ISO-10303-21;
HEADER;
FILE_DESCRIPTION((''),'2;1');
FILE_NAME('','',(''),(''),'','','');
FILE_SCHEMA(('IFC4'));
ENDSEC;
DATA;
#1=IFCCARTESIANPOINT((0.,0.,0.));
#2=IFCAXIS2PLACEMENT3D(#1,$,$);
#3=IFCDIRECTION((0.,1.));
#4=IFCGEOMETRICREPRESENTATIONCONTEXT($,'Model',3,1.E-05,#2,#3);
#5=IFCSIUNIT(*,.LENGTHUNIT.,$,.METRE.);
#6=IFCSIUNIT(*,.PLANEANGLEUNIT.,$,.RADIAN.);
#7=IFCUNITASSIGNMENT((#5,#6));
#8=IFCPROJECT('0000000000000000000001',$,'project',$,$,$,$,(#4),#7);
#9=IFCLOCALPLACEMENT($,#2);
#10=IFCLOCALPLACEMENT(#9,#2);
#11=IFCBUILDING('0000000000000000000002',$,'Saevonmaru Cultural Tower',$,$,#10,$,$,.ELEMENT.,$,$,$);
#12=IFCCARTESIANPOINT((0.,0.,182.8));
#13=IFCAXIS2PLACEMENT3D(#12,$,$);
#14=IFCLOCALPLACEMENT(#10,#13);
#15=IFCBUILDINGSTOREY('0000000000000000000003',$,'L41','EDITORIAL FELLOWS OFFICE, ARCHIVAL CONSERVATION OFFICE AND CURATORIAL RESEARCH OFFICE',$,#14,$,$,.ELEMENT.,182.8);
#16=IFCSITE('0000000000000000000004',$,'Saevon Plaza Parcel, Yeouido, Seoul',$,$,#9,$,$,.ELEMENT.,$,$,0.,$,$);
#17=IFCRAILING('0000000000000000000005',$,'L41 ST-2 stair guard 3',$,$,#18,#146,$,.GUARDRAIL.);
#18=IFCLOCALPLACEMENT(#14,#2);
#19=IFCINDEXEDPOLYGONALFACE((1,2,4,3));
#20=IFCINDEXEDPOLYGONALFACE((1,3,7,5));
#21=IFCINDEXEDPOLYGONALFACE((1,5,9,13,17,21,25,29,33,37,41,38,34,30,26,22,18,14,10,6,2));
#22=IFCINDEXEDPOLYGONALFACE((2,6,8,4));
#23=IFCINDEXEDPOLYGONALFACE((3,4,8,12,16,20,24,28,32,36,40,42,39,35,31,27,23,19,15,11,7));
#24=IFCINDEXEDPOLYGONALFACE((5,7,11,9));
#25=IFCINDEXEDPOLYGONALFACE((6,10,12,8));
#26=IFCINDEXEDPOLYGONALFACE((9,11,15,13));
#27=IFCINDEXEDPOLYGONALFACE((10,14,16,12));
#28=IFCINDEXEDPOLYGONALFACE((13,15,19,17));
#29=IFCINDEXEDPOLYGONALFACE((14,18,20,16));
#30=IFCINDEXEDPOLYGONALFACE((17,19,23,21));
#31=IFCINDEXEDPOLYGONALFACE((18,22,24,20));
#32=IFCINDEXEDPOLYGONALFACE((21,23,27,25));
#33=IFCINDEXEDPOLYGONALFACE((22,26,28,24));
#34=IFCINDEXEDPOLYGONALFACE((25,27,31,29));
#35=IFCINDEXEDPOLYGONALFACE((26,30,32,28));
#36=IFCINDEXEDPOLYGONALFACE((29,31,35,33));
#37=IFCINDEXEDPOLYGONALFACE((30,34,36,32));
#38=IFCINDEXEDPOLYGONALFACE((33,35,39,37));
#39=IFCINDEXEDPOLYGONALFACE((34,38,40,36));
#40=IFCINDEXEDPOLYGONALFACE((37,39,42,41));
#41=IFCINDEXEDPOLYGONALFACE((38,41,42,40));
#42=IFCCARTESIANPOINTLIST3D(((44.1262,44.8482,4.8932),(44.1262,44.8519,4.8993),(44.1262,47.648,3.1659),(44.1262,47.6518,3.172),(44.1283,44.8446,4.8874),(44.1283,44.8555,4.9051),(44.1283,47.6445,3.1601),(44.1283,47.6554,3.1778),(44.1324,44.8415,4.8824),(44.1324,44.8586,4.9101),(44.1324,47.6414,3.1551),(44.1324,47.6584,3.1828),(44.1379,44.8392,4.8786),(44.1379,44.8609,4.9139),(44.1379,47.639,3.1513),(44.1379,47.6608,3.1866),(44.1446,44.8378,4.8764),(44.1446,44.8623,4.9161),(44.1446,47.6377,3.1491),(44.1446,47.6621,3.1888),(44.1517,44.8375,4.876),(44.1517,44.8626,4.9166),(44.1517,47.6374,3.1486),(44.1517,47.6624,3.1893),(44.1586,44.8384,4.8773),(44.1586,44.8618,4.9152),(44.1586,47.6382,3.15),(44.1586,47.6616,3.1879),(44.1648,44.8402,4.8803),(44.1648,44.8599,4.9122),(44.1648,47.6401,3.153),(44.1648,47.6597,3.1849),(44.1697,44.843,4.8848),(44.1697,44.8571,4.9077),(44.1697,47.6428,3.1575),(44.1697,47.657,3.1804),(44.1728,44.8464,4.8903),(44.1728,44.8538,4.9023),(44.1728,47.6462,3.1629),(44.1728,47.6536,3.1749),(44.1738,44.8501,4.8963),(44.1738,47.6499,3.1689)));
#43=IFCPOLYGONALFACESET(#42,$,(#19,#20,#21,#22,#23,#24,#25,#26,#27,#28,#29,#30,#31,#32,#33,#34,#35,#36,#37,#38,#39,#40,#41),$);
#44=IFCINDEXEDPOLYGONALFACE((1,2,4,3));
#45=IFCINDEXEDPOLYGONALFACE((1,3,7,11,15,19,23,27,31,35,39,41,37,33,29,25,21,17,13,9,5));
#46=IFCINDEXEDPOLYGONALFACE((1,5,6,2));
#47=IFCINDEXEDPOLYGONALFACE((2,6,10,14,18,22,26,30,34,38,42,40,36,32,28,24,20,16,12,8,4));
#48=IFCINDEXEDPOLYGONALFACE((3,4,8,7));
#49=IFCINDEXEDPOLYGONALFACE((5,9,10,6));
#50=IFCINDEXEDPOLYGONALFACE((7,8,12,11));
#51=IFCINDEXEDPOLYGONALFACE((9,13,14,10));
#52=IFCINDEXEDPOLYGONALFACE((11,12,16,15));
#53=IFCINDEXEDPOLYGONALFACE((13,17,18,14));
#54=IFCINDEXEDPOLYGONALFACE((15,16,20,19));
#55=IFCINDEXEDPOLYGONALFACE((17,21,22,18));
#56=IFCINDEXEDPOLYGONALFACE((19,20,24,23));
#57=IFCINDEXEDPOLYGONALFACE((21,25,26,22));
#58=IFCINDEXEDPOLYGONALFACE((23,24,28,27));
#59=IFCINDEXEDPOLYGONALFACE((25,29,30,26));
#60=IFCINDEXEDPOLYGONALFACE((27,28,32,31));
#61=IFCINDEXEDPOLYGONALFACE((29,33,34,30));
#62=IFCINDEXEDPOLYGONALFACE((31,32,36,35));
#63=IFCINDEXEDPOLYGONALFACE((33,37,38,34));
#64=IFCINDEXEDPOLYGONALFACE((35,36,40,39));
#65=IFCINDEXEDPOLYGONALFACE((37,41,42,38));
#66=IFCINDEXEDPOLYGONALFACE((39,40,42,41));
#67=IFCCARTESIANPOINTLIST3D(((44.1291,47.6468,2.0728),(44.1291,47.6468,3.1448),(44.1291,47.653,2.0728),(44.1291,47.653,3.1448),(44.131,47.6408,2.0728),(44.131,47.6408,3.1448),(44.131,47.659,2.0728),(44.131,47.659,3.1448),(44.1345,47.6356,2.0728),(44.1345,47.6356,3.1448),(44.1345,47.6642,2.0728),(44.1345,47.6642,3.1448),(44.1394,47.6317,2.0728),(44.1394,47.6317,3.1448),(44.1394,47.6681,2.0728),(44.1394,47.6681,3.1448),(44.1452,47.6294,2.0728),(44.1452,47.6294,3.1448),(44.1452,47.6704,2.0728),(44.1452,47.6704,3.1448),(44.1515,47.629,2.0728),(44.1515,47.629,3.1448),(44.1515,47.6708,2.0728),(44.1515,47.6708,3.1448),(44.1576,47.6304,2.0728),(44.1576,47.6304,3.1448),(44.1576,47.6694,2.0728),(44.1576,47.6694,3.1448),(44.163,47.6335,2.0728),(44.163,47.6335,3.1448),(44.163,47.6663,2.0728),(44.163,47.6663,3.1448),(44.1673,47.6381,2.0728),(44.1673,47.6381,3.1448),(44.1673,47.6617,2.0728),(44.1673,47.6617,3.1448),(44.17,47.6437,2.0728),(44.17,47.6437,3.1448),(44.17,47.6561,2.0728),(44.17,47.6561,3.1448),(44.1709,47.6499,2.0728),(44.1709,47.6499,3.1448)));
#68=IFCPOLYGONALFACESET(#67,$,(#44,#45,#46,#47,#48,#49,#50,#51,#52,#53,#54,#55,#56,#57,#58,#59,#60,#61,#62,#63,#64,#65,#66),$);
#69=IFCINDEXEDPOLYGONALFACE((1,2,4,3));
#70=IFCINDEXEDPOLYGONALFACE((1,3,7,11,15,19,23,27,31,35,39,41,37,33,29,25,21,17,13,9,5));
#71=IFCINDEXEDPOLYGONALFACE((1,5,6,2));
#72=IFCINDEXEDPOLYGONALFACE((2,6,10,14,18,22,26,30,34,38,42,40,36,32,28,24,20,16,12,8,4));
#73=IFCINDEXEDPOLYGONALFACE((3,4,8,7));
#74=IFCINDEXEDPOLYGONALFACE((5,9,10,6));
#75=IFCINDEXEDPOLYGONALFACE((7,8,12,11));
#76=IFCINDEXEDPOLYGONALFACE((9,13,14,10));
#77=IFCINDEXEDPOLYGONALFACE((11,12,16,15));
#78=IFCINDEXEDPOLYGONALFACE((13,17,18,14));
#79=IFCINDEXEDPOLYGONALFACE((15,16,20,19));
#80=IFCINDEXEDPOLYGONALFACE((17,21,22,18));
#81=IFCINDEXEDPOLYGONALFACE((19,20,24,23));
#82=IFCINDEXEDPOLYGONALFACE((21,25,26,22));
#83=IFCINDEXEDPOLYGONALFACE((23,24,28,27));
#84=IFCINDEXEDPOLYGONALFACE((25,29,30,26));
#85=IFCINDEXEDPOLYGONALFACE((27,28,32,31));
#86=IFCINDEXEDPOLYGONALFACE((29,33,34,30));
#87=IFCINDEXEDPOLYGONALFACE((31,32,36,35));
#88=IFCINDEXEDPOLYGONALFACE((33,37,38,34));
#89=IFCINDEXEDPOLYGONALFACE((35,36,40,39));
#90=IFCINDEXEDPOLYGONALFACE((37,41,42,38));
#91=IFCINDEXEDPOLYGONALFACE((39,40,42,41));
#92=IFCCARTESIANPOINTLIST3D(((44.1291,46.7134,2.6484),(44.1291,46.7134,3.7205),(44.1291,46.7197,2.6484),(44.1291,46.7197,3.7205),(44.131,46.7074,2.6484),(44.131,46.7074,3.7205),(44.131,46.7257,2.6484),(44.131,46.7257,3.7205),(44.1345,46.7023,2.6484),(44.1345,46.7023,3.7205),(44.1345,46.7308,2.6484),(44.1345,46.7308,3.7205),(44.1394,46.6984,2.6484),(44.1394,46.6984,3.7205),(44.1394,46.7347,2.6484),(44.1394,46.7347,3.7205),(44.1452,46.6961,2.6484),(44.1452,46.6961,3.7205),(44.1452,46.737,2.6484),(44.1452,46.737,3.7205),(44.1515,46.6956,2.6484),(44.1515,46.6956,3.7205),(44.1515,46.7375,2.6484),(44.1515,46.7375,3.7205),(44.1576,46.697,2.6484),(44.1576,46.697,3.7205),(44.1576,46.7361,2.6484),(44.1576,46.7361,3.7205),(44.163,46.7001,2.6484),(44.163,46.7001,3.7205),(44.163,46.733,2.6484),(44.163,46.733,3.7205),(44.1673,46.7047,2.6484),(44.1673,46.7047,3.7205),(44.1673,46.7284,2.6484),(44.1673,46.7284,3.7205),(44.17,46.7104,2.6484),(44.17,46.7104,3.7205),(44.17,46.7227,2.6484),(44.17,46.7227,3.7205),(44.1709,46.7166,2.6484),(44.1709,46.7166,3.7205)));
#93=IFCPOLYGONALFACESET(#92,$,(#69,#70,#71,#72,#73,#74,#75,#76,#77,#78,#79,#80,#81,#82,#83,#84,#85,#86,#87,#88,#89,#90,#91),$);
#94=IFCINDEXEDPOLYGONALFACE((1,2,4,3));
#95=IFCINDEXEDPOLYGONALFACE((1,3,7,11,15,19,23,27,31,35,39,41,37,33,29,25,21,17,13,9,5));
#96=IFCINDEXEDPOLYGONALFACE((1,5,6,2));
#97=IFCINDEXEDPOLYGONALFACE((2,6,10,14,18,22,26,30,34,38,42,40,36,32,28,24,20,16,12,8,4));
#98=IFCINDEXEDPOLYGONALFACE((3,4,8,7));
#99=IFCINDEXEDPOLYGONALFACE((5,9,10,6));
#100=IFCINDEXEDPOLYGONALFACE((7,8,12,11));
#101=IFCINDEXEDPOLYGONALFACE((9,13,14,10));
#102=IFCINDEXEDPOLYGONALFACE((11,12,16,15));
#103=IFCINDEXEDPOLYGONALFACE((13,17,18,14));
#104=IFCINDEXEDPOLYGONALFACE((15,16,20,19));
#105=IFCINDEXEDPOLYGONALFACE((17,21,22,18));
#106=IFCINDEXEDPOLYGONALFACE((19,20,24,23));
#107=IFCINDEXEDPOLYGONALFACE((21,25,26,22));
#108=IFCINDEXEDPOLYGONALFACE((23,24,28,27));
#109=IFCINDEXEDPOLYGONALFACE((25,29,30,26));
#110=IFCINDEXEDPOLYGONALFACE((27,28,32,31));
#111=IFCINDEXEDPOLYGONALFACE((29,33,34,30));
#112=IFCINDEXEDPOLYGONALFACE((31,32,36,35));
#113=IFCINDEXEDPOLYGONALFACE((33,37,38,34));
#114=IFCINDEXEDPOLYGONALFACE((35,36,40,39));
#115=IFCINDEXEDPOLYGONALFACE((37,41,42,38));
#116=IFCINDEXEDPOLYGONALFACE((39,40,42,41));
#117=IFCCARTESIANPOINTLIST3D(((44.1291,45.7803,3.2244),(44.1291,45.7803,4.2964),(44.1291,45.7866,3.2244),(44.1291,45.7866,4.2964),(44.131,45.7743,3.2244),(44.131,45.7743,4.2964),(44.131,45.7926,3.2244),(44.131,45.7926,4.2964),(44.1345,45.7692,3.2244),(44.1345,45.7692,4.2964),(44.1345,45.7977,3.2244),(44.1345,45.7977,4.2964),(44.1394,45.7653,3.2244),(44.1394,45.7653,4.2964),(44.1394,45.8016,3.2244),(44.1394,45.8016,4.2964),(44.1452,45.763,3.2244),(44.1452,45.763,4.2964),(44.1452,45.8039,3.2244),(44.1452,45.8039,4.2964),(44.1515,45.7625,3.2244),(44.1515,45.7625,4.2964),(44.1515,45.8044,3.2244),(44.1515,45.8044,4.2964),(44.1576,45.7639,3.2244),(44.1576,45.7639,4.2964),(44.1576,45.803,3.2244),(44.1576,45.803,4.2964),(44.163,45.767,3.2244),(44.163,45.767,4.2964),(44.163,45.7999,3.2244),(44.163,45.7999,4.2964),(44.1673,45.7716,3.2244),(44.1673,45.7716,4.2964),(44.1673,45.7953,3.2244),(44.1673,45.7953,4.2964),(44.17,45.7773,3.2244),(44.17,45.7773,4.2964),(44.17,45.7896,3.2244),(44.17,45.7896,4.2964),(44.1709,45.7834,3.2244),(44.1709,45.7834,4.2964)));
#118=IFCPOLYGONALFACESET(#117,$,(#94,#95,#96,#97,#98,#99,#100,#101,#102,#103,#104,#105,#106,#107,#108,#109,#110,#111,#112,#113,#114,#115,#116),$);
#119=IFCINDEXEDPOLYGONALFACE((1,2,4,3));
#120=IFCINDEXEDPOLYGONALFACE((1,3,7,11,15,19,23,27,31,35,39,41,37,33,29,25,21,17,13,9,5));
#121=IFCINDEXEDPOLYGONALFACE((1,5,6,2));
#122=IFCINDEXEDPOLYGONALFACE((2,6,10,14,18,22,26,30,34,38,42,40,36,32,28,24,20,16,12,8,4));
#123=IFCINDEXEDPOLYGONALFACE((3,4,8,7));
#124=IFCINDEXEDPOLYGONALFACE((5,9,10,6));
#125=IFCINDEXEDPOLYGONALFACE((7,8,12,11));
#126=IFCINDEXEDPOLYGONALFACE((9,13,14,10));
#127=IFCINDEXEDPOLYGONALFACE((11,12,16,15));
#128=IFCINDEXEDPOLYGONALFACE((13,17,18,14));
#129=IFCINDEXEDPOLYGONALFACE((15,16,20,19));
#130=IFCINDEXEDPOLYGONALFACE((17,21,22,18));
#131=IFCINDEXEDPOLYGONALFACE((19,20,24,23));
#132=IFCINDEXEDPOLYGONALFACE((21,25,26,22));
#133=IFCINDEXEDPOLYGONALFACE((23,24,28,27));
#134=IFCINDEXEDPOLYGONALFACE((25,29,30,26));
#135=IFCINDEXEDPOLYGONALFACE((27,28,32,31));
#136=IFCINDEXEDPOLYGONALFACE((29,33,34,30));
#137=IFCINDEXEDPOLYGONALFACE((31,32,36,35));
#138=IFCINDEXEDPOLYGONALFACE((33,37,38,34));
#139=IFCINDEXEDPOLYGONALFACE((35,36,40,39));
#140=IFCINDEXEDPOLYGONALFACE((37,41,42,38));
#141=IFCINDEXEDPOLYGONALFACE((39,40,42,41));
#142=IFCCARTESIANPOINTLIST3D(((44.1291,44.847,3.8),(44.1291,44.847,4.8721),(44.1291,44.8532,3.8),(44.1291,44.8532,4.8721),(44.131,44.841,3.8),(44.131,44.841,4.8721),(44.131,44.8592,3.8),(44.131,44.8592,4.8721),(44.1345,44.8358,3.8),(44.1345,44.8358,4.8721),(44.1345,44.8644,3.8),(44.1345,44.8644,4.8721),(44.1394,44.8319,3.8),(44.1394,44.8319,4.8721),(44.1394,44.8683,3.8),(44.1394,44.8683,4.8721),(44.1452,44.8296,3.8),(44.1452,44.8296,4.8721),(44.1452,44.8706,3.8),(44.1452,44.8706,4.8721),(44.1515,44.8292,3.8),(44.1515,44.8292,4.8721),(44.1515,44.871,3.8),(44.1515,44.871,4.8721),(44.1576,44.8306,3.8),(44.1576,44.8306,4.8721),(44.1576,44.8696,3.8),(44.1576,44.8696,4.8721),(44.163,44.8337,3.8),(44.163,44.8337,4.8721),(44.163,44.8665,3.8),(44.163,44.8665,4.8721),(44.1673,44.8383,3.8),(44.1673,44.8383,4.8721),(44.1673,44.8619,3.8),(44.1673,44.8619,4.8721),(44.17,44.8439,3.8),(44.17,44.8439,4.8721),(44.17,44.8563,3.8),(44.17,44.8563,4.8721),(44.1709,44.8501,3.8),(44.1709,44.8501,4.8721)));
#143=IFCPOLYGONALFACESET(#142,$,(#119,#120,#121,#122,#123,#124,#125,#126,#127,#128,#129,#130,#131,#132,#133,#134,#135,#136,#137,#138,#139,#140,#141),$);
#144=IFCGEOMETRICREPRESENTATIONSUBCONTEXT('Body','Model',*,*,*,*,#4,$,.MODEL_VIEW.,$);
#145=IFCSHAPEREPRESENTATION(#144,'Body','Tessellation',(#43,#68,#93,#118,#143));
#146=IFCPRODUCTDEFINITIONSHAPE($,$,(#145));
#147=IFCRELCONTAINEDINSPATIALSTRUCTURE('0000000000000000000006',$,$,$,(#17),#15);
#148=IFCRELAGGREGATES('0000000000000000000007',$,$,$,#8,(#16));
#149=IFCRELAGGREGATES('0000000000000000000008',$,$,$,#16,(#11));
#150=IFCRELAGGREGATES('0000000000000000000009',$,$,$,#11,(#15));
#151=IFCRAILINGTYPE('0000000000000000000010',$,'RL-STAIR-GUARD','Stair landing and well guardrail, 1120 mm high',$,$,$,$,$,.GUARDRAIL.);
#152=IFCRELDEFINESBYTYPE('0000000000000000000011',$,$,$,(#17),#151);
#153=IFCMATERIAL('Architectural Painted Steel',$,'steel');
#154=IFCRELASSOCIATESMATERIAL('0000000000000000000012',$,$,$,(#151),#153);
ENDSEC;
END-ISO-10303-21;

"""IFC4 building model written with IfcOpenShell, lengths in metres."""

from ifc_helpers import new_model, si_unit, direction, frame, origin, origin_2d, place, context, subcontext, project, spatial, circle, extrude, material, type_object, element, save


model = new_model("IFC4")

# Units and contexts
model_context = context("Model", 3, precision=1e-05, world=origin(), true_north=direction((0.0, 1.0)))
body_context = subcontext(model_context, "Body", "Model", "MODEL_VIEW")
ifc_project = project(units=[si_unit("LENGTHUNIT", "METRE"), si_unit("PLANEANGLEUNIT", "RADIAN")], contexts=[model_context])

# Site, building, storey
site_placement = place(None, origin())
site = spatial("IfcSite", under=ifc_project, at=site_placement, Name="Saevon Plaza Parcel, Yeouido, Seoul", CompositionType="ELEMENT", RefElevation=0.0)
building_placement = place(site_placement, origin())
building = spatial("IfcBuilding", under=site, at=building_placement, Name="Saevonmaru Cultural Tower", CompositionType="ELEMENT")
storey_placement = place(building_placement, frame((0.0, 0.0, 182.8)))
storey = spatial("IfcBuildingStorey", under=building, at=storey_placement, Name="L41", Description="EDITORIAL FELLOWS OFFICE, ARCHIVAL CONSERVATION OFFICE AND CURATORIAL RESEARCH OFFICE", CompositionType="ELEMENT", Elevation=182.8)

# Railing
ifc_material_1 = material(Name="Architectural Painted Steel", Category="steel")
railing_type_1 = type_object("IfcRailingType", Name="RL-STAIR-GUARD", Description="Stair landing and well guardrail, 1120 mm high", PredefinedType="GUARDRAIL", material=ifc_material_1)
railing_1_placement = place(storey_placement, frame((44.1499, 47.6499, 2.0728)))
element("IfcRailing", 1, at=railing_1_placement, inside=storey, type_object=railing_type_1, Name="L41 ST-2 stair guard 3", PredefinedType="GUARDRAIL", context=body_context, shape_type="SweptSolid", body=[
    extrude(circle(Radius=0.0239, at=origin_2d()), frame((0.0, 0.0, 1.0962), z_axis=(0.0, -0.851069, 0.525054), x_axis=(1.0, 0.0, 0.0)), (0.0, 0.0, 1.0), 3.2898),
    extrude(circle(Radius=0.021, at=origin_2d()), origin(), (0.0, 0.0, 1.0), 1.072),
    extrude(circle(Radius=0.021, at=origin_2d()), frame((0.0, -0.9333, 0.5757)), (0.0, 0.0, 1.0), 1.072),
    extrude(circle(Radius=0.021, at=origin_2d()), frame((0.0, -1.8665, 1.1516)), (0.0, 0.0, 1.0), 1.072),
    extrude(circle(Radius=0.021, at=origin_2d()), frame((0.0, -2.7998, 1.7273)), (0.0, 0.0, 1.0), 1.072),
])

save(model, "model.ifc")
